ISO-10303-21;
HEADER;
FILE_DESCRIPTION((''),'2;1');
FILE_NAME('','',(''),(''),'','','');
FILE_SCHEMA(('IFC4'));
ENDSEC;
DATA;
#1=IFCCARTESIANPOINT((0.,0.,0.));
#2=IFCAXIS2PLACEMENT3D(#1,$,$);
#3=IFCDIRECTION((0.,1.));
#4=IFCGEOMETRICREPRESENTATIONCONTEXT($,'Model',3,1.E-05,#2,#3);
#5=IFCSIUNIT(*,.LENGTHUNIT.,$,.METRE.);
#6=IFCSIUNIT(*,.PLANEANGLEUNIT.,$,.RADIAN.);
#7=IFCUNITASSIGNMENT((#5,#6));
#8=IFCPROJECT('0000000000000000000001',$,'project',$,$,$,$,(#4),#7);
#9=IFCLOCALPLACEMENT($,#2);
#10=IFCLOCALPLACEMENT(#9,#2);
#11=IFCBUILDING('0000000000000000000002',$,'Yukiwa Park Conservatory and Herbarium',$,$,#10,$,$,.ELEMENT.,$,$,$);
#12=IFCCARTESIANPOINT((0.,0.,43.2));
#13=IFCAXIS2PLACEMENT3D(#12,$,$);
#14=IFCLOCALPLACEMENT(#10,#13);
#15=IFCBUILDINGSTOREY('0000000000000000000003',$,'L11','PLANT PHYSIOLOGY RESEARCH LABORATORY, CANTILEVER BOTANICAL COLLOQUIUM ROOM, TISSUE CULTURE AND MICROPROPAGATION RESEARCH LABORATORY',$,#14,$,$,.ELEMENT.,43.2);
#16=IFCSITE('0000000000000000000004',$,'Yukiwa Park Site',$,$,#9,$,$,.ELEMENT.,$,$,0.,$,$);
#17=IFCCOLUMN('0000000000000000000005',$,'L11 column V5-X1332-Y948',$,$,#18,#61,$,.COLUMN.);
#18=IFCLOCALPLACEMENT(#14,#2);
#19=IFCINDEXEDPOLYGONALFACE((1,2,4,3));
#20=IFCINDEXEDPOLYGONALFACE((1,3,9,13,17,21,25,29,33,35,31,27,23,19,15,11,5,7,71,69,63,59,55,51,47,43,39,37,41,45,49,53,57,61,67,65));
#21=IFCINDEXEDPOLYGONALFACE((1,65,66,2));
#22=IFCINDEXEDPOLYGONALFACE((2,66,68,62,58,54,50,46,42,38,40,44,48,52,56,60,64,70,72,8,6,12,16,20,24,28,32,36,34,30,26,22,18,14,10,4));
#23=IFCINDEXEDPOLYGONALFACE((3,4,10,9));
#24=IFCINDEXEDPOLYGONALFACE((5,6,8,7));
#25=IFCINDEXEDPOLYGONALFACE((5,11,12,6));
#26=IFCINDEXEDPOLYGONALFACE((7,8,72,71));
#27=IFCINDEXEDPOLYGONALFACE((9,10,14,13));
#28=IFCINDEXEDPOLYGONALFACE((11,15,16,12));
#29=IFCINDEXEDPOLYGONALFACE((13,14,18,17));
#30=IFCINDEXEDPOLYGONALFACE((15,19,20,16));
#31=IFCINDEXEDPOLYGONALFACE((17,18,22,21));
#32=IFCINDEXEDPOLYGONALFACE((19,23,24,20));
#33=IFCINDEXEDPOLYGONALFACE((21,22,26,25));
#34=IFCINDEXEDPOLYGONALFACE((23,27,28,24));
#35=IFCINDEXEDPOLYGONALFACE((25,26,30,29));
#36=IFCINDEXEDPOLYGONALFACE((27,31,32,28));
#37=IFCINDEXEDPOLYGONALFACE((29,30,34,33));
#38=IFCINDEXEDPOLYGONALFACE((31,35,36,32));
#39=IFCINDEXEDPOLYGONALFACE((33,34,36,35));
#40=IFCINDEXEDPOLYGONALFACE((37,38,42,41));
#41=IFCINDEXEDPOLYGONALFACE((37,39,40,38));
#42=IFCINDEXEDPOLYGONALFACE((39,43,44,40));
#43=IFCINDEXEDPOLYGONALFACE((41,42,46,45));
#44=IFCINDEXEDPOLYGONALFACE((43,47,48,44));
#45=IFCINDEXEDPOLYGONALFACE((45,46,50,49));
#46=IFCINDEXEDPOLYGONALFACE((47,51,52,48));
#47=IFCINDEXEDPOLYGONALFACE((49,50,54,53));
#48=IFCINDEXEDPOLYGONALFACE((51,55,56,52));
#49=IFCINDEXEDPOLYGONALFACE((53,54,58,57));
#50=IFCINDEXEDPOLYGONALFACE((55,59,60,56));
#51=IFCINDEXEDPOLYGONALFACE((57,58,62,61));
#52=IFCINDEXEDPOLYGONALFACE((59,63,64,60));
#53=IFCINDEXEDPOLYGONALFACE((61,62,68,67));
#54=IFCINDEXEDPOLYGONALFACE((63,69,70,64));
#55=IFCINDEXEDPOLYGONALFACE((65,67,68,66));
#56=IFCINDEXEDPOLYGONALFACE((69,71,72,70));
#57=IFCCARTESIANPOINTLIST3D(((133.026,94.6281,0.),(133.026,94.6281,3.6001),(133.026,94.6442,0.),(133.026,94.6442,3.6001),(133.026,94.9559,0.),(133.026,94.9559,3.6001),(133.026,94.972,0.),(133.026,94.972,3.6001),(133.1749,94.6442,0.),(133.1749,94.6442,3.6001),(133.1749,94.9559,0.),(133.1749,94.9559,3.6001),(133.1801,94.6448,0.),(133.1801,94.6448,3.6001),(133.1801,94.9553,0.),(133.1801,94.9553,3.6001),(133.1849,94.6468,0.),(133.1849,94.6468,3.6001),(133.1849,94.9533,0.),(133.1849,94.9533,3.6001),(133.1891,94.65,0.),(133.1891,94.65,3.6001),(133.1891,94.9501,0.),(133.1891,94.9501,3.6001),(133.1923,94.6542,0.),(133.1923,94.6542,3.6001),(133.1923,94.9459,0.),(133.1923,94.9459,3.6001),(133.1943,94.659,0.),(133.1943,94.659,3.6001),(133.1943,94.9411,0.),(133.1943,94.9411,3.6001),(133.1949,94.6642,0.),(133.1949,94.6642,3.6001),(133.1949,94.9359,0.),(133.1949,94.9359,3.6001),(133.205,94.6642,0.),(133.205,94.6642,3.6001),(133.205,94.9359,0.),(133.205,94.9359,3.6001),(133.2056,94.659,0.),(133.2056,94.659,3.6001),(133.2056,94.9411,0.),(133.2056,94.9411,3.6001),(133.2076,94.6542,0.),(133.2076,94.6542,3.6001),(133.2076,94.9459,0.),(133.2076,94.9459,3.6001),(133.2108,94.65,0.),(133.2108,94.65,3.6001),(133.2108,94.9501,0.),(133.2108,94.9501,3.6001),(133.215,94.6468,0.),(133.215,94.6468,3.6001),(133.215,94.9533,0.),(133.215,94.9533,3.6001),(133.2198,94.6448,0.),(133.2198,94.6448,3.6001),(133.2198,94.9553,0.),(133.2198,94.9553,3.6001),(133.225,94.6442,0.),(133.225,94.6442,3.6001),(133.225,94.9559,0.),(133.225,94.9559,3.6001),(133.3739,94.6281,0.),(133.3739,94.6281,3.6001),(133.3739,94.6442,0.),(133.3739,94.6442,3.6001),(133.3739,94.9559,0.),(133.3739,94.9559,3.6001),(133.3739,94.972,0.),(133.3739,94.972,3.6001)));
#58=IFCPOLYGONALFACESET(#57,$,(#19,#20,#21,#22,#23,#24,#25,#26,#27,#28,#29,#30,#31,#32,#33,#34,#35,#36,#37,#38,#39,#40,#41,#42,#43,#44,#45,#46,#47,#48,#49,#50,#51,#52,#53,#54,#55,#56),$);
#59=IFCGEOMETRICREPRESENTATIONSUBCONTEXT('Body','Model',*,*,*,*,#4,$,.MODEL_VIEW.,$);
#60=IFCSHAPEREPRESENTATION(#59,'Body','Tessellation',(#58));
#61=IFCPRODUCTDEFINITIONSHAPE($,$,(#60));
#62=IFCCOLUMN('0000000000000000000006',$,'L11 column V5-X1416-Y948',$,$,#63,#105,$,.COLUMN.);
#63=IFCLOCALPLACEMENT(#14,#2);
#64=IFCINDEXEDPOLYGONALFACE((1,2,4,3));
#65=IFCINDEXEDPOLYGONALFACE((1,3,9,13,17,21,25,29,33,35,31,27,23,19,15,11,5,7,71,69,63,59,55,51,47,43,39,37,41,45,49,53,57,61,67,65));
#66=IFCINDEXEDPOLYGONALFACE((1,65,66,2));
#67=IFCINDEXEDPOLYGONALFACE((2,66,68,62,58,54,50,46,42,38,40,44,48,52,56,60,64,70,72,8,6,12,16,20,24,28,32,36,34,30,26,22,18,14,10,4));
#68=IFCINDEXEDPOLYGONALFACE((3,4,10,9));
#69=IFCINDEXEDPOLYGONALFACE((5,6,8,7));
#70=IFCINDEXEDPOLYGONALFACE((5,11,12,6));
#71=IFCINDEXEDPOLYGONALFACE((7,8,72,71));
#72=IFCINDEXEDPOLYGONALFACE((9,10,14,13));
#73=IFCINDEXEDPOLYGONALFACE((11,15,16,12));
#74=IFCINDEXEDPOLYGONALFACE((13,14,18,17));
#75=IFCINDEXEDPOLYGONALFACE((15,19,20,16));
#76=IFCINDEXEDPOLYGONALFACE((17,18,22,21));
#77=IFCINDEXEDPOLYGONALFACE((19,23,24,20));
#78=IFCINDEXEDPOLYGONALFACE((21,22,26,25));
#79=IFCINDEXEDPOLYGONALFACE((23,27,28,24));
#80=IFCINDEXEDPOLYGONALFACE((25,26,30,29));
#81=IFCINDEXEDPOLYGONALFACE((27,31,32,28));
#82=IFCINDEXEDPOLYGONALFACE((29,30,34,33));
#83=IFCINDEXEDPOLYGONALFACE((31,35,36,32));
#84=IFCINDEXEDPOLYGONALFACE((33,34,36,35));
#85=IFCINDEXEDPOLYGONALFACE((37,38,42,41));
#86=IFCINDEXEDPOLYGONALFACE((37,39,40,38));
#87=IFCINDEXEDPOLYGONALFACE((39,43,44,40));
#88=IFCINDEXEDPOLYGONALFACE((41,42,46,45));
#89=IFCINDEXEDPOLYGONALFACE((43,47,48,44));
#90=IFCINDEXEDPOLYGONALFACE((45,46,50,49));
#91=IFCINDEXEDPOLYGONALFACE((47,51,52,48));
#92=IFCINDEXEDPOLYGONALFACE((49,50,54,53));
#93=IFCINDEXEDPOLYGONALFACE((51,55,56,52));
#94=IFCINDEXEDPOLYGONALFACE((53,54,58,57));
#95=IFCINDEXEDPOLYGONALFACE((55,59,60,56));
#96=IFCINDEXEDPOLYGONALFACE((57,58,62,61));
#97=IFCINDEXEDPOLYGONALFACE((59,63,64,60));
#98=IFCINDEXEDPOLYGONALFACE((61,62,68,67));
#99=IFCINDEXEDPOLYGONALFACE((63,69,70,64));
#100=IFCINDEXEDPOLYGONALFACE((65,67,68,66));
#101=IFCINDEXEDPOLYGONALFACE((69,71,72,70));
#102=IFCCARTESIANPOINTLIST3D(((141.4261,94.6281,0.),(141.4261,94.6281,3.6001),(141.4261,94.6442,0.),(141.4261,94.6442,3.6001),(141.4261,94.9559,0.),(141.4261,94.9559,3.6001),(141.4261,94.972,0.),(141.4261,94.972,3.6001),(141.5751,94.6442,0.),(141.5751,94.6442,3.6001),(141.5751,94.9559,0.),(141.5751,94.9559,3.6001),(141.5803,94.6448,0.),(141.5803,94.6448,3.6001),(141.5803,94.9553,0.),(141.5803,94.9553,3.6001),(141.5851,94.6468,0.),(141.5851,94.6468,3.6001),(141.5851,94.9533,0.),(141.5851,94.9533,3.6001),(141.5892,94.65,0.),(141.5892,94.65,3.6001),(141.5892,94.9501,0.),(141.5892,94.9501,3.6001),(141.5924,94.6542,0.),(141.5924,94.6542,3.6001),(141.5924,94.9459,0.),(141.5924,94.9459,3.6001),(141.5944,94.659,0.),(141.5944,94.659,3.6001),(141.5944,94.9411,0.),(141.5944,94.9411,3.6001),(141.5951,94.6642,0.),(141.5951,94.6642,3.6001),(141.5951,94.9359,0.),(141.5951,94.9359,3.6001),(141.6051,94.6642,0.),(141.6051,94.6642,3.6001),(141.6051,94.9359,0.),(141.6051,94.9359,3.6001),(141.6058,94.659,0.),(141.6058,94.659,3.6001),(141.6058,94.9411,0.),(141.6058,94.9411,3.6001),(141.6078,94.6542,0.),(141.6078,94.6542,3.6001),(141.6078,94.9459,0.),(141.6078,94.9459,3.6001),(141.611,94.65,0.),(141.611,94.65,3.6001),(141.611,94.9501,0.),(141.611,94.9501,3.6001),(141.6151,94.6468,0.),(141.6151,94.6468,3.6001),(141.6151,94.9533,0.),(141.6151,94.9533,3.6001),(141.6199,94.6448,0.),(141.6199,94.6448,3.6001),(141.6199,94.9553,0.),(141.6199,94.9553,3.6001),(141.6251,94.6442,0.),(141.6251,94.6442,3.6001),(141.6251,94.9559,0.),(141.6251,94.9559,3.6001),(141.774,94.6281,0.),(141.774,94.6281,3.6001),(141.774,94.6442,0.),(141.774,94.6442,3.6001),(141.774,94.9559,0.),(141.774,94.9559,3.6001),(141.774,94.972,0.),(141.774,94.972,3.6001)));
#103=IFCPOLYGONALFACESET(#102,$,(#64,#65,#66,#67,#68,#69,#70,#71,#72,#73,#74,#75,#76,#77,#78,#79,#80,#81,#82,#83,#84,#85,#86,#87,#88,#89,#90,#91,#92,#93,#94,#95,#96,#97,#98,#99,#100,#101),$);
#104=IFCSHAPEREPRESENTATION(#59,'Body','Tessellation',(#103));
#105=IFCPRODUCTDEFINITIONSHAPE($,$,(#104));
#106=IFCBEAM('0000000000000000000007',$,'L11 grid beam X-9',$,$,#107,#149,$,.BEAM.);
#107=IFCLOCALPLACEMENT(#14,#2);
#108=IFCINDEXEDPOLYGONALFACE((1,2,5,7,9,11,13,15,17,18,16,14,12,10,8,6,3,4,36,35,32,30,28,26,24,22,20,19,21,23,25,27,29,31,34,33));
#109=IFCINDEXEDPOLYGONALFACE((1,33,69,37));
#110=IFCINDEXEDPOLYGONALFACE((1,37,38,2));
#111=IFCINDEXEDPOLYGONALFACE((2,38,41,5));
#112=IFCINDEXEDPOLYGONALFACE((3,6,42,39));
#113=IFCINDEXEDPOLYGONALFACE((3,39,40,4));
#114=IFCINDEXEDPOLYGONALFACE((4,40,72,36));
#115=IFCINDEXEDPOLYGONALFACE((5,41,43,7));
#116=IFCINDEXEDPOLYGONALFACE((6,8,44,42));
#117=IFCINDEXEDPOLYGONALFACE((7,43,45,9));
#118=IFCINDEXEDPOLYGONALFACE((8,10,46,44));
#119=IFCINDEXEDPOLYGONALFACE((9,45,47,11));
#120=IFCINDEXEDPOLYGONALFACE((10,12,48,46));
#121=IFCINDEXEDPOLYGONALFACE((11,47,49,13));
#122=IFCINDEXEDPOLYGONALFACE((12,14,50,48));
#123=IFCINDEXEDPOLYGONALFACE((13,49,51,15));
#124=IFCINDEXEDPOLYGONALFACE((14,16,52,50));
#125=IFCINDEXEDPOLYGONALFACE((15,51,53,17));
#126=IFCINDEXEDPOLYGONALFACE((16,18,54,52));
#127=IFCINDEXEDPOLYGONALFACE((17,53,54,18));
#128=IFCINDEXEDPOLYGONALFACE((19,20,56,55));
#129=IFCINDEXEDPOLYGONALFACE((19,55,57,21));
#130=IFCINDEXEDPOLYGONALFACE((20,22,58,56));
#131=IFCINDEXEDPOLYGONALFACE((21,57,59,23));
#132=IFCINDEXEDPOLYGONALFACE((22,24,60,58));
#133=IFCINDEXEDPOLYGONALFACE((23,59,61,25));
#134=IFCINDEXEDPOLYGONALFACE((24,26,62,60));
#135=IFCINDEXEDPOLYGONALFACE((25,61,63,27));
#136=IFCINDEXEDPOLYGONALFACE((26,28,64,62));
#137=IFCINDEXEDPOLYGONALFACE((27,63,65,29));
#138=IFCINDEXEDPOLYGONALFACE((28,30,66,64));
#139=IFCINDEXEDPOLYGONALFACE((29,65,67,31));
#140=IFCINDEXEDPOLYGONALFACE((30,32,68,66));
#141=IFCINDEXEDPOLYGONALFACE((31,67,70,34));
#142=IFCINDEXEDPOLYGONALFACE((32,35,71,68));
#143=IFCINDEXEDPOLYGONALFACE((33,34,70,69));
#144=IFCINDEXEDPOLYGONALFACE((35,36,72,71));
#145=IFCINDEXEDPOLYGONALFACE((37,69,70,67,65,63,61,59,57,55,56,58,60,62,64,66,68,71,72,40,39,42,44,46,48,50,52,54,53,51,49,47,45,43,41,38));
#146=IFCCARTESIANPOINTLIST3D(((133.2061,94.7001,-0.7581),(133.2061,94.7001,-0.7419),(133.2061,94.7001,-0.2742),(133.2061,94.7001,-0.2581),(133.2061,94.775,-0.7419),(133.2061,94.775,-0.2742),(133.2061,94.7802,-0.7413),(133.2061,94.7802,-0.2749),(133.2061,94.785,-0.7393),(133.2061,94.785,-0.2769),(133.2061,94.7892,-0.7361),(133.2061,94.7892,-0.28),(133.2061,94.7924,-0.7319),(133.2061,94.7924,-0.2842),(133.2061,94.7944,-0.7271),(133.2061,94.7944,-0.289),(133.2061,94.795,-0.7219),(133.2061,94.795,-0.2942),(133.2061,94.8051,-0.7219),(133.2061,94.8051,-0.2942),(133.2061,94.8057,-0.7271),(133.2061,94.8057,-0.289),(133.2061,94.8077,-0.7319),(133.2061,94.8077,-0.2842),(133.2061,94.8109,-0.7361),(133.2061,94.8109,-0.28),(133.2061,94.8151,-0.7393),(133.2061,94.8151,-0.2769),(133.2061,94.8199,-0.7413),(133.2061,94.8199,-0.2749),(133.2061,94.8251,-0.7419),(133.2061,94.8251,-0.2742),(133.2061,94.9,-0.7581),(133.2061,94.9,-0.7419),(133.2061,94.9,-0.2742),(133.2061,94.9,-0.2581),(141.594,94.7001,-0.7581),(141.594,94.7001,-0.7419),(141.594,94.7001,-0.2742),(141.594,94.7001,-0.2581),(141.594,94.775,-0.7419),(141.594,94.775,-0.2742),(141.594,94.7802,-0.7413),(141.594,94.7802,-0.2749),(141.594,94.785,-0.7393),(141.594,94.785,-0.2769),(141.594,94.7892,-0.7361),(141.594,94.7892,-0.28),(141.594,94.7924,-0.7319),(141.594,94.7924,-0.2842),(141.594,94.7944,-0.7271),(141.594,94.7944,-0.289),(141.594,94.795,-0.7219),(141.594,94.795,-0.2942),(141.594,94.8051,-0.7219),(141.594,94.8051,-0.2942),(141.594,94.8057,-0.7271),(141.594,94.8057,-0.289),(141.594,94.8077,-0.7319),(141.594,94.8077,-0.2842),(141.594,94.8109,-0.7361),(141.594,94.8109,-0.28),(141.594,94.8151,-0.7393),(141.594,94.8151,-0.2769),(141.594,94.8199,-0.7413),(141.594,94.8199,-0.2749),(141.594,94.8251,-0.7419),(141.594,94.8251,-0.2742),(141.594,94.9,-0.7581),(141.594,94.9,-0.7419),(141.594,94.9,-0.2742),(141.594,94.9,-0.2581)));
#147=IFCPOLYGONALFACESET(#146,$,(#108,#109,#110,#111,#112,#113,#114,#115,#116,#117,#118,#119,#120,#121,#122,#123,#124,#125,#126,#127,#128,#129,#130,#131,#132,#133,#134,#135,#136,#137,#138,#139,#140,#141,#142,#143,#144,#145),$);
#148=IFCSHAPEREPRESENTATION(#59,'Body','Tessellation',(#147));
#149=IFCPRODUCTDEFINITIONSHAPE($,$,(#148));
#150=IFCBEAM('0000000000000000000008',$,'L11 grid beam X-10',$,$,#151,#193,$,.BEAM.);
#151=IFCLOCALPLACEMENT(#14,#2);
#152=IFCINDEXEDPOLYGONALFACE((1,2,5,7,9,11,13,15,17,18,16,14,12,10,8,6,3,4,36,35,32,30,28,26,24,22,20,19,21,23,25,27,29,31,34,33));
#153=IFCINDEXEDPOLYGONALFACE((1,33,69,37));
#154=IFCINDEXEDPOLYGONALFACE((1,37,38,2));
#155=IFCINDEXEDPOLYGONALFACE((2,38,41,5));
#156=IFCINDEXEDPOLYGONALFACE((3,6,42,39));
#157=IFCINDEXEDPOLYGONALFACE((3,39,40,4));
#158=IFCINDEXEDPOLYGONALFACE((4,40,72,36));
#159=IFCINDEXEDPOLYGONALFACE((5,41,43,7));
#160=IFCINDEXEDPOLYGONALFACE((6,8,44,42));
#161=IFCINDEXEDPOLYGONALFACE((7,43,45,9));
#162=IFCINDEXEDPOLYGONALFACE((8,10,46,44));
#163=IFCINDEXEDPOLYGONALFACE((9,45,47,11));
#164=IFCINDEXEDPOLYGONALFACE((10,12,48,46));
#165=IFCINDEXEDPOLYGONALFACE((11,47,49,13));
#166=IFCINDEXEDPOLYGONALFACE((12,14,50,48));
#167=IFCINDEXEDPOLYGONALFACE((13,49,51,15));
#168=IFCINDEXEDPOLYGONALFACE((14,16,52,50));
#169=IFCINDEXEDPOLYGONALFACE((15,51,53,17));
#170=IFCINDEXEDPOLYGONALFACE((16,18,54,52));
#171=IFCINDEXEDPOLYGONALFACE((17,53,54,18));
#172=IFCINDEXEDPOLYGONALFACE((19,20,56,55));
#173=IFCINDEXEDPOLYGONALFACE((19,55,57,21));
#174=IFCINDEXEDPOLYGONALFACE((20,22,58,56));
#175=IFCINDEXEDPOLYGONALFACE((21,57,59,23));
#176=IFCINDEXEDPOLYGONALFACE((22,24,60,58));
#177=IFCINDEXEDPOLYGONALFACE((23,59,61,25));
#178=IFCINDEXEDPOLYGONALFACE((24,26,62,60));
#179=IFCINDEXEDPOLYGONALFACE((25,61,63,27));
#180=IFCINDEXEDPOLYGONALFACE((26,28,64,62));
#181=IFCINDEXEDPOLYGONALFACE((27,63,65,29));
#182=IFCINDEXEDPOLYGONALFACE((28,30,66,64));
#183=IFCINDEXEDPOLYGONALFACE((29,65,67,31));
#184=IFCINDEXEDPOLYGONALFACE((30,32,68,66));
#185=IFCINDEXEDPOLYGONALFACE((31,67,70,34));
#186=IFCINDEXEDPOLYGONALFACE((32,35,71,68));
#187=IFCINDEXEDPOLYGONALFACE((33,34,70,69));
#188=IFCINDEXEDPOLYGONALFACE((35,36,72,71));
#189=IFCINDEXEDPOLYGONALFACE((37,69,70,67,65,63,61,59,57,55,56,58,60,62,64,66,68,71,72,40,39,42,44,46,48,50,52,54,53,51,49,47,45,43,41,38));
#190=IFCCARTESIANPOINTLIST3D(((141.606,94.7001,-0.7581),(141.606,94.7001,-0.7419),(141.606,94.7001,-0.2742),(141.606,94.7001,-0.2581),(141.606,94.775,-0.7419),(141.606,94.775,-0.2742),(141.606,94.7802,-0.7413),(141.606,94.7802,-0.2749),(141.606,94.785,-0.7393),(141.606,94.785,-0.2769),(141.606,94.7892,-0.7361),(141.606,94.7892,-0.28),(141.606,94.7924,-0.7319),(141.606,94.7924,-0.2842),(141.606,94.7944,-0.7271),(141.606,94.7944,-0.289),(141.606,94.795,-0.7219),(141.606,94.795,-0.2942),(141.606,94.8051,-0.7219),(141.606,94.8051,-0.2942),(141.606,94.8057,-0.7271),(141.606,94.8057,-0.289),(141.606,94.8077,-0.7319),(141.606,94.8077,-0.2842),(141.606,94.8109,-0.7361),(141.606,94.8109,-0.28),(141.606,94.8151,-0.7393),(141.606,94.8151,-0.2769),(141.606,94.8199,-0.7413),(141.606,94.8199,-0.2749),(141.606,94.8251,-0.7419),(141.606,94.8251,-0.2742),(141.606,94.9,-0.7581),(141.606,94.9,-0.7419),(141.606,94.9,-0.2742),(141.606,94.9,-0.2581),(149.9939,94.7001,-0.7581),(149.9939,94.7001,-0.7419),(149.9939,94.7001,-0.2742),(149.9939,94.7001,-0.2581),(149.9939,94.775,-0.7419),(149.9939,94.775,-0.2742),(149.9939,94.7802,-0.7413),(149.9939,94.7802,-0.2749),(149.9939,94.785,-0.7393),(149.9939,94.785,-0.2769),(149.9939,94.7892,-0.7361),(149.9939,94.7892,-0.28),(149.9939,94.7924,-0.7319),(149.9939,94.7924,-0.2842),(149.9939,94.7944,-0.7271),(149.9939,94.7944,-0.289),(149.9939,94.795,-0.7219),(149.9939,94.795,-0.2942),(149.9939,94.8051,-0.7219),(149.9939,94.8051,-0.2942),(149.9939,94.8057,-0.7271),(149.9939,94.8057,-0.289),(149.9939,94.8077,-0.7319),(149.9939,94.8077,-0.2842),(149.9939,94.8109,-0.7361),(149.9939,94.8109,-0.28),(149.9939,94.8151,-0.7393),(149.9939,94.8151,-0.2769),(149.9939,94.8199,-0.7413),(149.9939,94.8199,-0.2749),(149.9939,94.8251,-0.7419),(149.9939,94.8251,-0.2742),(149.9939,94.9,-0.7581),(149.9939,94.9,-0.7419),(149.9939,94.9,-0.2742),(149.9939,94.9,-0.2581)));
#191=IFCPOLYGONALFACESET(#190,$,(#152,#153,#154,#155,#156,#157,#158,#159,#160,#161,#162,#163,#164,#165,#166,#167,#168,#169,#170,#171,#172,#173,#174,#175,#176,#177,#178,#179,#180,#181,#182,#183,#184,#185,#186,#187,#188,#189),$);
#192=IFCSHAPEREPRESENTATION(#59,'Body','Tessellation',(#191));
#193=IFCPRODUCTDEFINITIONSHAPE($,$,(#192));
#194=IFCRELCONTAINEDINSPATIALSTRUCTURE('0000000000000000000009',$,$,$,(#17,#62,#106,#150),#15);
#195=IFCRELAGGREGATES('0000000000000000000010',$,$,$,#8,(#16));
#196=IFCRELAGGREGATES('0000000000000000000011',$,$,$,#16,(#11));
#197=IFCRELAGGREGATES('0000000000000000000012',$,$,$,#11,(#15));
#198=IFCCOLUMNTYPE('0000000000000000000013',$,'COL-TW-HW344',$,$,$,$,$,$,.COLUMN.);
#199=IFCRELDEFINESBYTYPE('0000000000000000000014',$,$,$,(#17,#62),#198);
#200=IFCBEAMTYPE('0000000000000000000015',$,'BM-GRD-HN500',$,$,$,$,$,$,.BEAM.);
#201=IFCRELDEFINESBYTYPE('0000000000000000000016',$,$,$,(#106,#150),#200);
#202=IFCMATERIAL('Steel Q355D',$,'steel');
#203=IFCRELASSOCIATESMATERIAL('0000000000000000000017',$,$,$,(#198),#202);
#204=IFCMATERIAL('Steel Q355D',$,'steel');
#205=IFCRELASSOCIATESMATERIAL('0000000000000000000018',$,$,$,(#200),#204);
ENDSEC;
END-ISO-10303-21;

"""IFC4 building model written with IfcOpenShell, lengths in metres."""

from ifc_helpers import new_model, si_unit, direction, frame, origin, origin_2d, place, context, subcontext, project, spatial, i_section, extrude, material, material_profile, profile_set, type_object, element, save


model = new_model("IFC4")

# Units and contexts
model_context = context("Model", 3, precision=1e-05, world=origin(), true_north=direction((0.0, 1.0)))
body_context = subcontext(model_context, "Body", "Model", "MODEL_VIEW")
ifc_project = project(units=[si_unit("LENGTHUNIT", "METRE"), si_unit("PLANEANGLEUNIT", "RADIAN")], contexts=[model_context])

# Site, building, storey
site_placement = place(None, origin())
site = spatial("IfcSite", under=ifc_project, at=site_placement, Name="Yukiwa Park Site", CompositionType="ELEMENT", RefElevation=0.0)
building_placement = place(site_placement, origin())
building = spatial("IfcBuilding", under=site, at=building_placement, Name="Yukiwa Park Conservatory and Herbarium", CompositionType="ELEMENT")
storey_placement = place(building_placement, frame((0.0, 0.0, 43.2)))
storey = spatial("IfcBuildingStorey", under=building, at=storey_placement, Name="L11", Description="PLANT PHYSIOLOGY RESEARCH LABORATORY, CANTILEVER BOTANICAL COLLOQUIUM ROOM, TISSUE CULTURE AND MICROPROPAGATION RESEARCH LABORATORY", CompositionType="ELEMENT", Elevation=43.2)

# Columns
ifc_material_1 = material(Name="Steel Q355D", Category="steel")
ifc_material_profile_1 = material_profile(ifc_material_1, i_section(OverallWidth=0.3479, OverallDepth=0.344, WebThickness=0.01, FlangeThickness=0.0161, FilletRadius=0.02, at=origin_2d()), Name="HW 344x348x10x16")
ifc_profile_set_1 = profile_set([ifc_material_profile_1], Name="Steel Q355D")
column_type = type_object("IfcColumnType", Name="COL-TW-HW344", PredefinedType="COLUMN", material=ifc_profile_set_1)
for number, where, z_axis, x_axis, name in (
    (1, (133.2, 94.8, 0.0), (0.0, 0.0, 1.0), (1.0, 0.0, 0.0), "L11 column V5-X1332-Y948"),
    (2, (141.6001, 94.8, 0.0), (0.0, 0.0, 1.0), (1.0, 0.0, 0.0), "L11 column V5-X1416-Y948"),
):
    element("IfcColumn", number, at=place(storey_placement, frame(where, z_axis=z_axis, x_axis=x_axis)), inside=storey, type_object=column_type, Name=name, PredefinedType="COLUMN", context=body_context, shape_type="SweptSolid", body=[
        extrude(i_section(OverallWidth=0.3479, OverallDepth=0.344, WebThickness=0.01, FlangeThickness=0.0161, FilletRadius=0.02, at=origin_2d()), origin(), (0.0, 0.0, 1.0), 3.6001),
    ])

# Beams
ifc_material_2 = material(Name="Steel Q355D", Category="steel")
ifc_material_profile_2 = material_profile(ifc_material_2, i_section(OverallWidth=0.2, OverallDepth=0.5, WebThickness=0.01, FlangeThickness=0.0161, FilletRadius=0.02, at=origin_2d()), Name="HN 500x200x10x16")
ifc_profile_set_2 = profile_set([ifc_material_profile_2], Name="Steel Q355D")
beam_type_1 = type_object("IfcBeamType", Name="BM-GRD-HN500", PredefinedType="BEAM", material=ifc_profile_set_2)
for number, where, z_axis, x_axis, name in (
    (3, (133.2061, 94.8, -0.5081), (1.0, 0.0, 0.0), (0.0, 1.0, 0.0), "L11 grid beam X-9"),
    (4, (141.606, 94.8, -0.5081), (1.0, 0.0, 0.0), (0.0, 1.0, 0.0), "L11 grid beam X-10"),
):
    element("IfcBeam", number, at=place(storey_placement, frame(where, z_axis=z_axis, x_axis=x_axis)), inside=storey, type_object=beam_type_1, Name=name, PredefinedType="BEAM", context=body_context, shape_type="SweptSolid", body=[
        extrude(i_section(OverallWidth=0.2, OverallDepth=0.5, WebThickness=0.01, FlangeThickness=0.0161, FilletRadius=0.02, at=origin_2d()), origin(), (0.0, 0.0, 1.0), 8.3879),
    ])

save(model, "model.ifc")
